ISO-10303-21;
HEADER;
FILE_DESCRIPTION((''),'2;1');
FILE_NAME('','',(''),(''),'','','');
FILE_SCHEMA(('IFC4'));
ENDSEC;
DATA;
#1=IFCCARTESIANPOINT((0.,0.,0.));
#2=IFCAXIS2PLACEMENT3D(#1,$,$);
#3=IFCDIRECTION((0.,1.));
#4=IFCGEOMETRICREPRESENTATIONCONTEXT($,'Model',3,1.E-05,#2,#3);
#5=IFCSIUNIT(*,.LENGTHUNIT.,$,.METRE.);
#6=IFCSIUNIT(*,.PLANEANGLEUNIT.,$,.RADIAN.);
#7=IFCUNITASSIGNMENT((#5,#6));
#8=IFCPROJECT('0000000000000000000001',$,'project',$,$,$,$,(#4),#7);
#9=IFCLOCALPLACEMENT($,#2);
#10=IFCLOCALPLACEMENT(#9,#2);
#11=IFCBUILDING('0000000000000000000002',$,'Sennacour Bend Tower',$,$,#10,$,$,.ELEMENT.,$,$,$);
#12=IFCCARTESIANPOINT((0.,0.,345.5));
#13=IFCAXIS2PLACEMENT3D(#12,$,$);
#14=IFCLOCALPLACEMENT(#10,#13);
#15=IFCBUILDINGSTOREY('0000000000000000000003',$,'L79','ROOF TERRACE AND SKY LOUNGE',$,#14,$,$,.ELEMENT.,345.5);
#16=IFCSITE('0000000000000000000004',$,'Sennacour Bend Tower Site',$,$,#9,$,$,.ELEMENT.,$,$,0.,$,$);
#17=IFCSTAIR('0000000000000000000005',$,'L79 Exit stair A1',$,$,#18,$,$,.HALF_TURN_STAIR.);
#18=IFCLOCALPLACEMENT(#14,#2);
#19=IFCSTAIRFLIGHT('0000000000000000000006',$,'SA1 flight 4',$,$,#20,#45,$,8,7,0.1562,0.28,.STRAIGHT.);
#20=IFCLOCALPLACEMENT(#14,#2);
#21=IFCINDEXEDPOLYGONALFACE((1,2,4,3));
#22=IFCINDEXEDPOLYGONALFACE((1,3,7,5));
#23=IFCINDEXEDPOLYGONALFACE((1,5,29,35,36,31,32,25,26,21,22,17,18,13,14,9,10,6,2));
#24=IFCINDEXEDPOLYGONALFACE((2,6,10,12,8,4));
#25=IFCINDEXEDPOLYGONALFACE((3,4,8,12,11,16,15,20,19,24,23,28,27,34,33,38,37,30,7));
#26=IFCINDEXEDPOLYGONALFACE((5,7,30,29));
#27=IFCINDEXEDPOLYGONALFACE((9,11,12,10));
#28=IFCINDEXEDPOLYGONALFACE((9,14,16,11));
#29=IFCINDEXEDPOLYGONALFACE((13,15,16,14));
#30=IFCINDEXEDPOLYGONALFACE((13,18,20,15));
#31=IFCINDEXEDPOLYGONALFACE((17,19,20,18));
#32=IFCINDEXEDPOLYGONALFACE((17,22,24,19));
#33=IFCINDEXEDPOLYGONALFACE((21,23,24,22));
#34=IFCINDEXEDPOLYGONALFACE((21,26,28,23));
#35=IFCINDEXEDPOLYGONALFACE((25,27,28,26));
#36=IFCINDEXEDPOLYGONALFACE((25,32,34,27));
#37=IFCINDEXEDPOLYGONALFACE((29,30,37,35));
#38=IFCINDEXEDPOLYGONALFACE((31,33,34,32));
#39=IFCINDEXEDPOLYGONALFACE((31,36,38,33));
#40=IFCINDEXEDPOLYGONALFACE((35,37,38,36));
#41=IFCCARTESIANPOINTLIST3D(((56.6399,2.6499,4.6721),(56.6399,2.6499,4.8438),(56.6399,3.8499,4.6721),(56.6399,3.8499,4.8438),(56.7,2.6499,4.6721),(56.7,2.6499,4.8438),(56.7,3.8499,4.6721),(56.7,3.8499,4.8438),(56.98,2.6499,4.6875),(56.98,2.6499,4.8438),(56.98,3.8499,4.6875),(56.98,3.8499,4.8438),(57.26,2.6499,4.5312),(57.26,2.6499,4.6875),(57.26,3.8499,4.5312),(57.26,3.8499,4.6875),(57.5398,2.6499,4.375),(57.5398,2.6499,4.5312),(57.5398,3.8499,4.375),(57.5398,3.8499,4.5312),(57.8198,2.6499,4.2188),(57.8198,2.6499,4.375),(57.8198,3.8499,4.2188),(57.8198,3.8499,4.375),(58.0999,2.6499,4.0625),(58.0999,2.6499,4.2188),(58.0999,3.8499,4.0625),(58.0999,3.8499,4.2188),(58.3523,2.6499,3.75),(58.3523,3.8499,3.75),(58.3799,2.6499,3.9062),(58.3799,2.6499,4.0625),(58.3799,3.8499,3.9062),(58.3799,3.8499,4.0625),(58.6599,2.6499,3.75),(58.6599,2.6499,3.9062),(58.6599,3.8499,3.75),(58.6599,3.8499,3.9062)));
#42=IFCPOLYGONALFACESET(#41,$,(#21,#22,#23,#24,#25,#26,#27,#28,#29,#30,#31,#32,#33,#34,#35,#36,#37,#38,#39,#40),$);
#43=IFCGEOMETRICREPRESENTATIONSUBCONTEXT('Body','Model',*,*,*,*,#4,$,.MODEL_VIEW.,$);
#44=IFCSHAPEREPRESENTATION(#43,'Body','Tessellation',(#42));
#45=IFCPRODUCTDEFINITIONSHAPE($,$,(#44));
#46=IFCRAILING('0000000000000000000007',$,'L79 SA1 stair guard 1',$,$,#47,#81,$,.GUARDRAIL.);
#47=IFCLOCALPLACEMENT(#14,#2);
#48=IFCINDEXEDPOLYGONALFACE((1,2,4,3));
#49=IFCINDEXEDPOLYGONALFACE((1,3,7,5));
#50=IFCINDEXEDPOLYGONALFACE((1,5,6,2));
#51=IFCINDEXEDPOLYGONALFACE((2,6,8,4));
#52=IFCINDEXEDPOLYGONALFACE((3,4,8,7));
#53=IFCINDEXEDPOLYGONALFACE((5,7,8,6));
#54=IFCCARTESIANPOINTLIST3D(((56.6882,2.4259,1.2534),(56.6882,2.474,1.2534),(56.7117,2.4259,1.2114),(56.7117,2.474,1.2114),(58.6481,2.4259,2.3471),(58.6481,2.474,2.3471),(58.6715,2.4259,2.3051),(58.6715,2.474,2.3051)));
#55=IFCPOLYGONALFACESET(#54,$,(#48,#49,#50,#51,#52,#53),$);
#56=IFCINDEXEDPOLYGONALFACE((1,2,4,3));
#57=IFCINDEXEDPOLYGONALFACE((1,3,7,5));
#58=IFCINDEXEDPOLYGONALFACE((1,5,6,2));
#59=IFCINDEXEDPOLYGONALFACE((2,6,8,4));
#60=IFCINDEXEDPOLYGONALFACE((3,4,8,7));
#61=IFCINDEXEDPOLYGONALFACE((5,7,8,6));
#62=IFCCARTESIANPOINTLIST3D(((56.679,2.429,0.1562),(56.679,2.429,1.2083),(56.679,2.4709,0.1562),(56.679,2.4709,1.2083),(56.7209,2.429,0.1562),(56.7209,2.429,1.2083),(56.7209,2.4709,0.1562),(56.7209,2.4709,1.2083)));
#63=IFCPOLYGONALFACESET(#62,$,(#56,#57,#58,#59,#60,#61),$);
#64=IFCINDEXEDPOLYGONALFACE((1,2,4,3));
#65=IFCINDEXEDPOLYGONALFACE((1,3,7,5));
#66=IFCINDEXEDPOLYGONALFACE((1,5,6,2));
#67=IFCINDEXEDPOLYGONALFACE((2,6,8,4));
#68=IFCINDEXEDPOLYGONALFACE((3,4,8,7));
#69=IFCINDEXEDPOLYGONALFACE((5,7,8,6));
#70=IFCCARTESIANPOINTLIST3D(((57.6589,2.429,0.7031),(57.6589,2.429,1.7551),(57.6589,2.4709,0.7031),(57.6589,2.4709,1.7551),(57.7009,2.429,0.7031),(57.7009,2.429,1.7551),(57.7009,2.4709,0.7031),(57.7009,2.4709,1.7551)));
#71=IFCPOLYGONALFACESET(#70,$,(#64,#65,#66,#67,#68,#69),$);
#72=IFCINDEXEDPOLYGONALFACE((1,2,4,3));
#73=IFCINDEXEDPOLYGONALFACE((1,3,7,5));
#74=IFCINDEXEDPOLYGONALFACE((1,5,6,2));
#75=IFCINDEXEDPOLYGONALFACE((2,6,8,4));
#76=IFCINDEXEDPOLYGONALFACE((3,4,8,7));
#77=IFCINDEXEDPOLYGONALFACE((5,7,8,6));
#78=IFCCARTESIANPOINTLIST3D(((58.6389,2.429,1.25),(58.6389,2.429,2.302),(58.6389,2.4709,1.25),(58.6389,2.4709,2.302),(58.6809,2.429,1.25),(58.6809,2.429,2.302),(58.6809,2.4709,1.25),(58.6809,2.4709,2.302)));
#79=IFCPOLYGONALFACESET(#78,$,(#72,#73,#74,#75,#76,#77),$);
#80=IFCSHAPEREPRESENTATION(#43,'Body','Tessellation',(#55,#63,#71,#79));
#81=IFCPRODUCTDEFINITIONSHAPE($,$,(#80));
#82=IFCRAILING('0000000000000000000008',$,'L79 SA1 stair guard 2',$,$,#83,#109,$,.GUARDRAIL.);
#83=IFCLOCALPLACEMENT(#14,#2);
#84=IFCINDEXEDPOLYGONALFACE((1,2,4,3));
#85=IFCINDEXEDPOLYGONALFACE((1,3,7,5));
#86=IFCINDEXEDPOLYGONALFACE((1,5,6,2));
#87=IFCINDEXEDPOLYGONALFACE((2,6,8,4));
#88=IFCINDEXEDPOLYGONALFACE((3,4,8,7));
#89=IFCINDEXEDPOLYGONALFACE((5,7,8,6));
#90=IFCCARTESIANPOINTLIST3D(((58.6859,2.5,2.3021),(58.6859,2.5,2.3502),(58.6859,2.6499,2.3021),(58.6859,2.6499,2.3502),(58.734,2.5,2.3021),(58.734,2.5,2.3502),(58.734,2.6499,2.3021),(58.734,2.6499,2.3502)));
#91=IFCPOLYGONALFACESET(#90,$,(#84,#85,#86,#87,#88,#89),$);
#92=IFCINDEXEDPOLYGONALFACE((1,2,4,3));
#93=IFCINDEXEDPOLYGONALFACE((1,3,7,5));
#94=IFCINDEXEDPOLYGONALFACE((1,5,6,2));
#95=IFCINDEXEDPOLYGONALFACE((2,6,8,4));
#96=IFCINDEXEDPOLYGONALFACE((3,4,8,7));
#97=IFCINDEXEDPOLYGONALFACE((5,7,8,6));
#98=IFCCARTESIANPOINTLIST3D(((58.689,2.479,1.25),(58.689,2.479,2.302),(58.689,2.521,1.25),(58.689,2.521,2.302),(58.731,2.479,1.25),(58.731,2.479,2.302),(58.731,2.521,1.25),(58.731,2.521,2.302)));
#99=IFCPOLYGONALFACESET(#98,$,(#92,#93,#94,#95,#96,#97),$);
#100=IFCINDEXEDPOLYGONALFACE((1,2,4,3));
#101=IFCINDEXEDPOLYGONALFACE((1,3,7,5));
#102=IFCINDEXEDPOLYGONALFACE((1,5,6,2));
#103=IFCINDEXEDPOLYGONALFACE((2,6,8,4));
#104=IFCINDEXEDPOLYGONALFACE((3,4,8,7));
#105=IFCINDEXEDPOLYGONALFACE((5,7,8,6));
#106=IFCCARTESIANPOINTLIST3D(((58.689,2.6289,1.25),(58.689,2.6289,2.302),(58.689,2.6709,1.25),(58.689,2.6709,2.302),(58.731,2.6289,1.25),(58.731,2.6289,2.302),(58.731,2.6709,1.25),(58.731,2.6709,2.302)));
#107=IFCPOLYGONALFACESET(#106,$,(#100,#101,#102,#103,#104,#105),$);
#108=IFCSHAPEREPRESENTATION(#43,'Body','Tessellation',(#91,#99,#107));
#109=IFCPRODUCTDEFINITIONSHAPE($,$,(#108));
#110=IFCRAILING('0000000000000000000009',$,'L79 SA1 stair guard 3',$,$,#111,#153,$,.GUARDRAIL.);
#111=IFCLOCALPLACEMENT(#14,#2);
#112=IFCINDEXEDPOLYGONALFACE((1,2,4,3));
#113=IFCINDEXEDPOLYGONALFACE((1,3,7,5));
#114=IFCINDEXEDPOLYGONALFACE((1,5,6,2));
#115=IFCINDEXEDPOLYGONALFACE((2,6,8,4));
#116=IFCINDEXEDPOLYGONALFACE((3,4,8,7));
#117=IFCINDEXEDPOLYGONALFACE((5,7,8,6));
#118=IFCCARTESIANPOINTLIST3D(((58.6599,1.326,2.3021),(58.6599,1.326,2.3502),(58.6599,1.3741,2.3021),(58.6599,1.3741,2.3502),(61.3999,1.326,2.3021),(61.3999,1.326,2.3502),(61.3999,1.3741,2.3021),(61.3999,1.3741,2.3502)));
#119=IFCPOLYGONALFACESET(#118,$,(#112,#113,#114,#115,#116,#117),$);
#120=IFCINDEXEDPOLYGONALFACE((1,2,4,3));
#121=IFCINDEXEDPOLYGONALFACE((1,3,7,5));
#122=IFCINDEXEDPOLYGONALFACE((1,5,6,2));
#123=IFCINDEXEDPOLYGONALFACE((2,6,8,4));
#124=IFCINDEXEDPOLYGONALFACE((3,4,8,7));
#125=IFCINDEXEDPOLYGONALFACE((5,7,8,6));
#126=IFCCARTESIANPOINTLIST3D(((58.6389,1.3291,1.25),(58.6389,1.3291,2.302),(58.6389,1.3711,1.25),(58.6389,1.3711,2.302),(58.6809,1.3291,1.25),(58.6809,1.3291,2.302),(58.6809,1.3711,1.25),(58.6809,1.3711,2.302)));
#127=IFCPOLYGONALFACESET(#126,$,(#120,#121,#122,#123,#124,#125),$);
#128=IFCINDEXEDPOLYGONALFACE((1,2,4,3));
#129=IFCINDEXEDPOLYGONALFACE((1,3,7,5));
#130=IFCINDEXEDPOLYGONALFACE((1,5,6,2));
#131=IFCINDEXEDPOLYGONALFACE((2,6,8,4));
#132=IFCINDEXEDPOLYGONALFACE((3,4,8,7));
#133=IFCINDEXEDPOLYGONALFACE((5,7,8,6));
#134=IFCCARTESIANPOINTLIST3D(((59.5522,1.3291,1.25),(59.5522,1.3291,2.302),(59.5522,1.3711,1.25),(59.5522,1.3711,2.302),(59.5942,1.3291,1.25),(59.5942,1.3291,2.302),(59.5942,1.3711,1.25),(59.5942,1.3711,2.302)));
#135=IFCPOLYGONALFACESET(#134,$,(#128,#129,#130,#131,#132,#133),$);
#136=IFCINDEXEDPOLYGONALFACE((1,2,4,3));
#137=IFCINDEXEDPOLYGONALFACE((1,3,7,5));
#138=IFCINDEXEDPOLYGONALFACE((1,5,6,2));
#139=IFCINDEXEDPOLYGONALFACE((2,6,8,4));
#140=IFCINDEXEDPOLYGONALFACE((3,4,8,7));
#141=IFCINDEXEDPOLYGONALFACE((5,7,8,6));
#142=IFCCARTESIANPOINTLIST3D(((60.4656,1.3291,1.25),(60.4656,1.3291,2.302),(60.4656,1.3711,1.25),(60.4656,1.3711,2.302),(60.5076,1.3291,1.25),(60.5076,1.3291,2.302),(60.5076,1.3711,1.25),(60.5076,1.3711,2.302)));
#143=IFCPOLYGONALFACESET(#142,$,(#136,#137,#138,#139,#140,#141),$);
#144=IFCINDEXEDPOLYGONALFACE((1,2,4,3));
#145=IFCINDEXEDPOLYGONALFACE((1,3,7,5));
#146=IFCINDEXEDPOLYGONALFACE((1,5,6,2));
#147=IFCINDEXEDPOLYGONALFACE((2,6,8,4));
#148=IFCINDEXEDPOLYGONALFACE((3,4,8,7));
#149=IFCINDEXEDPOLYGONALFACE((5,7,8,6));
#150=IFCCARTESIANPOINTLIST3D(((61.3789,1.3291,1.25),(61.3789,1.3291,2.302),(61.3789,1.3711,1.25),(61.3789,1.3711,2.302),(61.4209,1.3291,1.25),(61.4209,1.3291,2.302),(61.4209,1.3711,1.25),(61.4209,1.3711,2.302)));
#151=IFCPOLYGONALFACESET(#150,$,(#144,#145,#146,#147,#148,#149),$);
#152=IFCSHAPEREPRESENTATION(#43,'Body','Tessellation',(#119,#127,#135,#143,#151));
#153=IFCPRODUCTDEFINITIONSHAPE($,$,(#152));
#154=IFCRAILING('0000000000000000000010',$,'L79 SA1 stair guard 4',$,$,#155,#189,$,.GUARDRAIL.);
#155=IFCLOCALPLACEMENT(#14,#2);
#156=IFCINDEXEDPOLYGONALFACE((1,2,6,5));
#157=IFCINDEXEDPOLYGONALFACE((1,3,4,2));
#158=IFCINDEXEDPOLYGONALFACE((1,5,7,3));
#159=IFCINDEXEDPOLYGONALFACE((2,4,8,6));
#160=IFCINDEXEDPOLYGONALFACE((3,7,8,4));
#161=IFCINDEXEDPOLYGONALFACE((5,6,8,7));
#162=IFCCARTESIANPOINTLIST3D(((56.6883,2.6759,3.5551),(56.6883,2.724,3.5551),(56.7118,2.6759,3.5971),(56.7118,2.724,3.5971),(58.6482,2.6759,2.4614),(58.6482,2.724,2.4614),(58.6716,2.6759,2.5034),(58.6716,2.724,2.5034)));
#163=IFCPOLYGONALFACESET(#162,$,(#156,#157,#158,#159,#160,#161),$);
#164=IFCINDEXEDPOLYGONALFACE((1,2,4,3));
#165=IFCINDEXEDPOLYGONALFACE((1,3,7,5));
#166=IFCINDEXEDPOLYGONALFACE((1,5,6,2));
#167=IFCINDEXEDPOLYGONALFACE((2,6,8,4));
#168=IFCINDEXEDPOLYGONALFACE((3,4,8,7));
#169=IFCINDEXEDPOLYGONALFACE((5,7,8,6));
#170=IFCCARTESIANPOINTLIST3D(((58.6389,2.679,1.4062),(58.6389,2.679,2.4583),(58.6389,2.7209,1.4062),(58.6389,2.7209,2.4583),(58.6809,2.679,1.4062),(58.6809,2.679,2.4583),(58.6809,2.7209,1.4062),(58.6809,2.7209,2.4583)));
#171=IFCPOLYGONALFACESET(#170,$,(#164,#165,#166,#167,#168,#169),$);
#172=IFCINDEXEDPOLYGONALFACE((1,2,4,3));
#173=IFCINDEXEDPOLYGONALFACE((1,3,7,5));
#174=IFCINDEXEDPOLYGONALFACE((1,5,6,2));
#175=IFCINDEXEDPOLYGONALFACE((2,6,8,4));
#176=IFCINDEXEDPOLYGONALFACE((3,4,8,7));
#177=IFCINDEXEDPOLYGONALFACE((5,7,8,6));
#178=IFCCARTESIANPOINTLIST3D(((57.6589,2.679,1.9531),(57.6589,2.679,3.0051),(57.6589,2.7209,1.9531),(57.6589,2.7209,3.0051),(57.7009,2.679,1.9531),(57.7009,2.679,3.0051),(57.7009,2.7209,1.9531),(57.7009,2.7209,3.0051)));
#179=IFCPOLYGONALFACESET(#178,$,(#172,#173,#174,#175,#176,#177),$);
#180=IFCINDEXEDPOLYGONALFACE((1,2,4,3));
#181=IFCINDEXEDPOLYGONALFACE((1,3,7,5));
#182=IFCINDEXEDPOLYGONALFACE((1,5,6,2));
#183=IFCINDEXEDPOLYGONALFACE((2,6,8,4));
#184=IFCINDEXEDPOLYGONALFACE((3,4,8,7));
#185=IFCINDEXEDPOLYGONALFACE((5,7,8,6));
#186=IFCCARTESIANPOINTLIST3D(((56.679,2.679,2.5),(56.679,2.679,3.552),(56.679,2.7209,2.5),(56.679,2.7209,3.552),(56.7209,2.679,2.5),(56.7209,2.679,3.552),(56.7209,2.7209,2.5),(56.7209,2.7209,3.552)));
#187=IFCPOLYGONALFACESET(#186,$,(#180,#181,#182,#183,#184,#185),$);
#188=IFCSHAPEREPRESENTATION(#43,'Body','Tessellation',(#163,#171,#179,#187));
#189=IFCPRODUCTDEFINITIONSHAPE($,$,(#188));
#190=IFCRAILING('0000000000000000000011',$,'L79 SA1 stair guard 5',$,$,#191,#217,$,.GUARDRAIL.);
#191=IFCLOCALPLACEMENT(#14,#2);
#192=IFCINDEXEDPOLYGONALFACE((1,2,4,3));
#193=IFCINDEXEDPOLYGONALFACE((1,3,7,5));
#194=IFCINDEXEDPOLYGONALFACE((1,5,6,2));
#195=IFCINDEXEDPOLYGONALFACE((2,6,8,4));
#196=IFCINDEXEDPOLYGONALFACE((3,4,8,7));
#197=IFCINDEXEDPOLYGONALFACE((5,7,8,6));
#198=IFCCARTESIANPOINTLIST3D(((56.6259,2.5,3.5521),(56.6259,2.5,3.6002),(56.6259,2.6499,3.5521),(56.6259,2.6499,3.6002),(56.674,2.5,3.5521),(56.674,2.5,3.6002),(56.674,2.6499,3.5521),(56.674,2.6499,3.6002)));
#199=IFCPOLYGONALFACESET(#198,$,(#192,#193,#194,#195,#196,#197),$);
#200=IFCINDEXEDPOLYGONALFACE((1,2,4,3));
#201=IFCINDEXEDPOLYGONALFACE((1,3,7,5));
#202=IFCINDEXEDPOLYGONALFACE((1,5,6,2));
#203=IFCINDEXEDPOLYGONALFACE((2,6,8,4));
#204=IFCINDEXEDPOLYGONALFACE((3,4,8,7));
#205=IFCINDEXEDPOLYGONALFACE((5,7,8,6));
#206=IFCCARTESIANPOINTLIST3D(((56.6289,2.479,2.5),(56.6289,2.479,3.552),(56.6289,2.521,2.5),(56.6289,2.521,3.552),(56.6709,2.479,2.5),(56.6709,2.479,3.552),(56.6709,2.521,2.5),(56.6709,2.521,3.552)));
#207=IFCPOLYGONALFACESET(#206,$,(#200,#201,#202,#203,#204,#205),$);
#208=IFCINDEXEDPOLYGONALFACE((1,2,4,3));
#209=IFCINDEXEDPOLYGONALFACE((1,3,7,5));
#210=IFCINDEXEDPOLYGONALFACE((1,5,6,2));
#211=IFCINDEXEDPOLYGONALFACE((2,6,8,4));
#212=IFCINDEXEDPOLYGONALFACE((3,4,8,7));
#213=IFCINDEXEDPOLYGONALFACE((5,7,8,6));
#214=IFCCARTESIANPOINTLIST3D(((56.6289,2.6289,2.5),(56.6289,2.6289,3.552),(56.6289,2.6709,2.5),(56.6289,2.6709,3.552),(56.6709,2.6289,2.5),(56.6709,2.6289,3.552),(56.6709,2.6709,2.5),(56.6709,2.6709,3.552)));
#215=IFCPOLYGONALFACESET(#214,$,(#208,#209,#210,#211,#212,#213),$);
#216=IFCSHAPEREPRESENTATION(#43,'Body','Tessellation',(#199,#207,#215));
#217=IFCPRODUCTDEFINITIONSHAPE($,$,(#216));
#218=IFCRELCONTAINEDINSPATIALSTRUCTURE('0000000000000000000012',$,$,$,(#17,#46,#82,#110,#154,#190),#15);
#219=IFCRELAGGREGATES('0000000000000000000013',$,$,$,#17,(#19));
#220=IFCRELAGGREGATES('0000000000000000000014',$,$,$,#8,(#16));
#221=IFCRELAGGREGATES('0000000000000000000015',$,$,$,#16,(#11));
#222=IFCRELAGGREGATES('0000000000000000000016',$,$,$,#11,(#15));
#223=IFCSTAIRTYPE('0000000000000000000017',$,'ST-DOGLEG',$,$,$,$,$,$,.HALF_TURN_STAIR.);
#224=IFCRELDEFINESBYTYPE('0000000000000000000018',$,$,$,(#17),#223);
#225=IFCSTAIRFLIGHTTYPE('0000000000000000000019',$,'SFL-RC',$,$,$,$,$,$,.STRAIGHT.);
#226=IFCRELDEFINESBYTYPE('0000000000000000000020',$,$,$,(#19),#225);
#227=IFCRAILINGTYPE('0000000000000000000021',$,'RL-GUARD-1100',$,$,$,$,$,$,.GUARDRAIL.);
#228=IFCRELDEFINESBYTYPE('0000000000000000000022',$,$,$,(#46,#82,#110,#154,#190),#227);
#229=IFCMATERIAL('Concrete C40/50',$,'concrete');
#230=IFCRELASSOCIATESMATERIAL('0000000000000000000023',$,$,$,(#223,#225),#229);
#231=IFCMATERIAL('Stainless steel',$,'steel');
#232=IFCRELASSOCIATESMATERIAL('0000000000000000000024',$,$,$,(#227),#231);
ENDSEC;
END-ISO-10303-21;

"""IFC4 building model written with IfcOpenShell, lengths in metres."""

from ifc_helpers import new_model, si_unit, direction, frame, origin, origin_2d, place, context, subcontext, project, spatial, polyline, rectangle, outline, extrude, material, type_object, element, aggregate, save


model = new_model("IFC4")

# Units and contexts
model_context = context("Model", 3, precision=1e-05, world=origin(), true_north=direction((0.0, 1.0)))
body_context = subcontext(model_context, "Body", "Model", "MODEL_VIEW")
ifc_project = project(units=[si_unit("LENGTHUNIT", "METRE"), si_unit("PLANEANGLEUNIT", "RADIAN")], contexts=[model_context])

# Site, building, storey
site_placement = place(None, origin())
site = spatial("IfcSite", under=ifc_project, at=site_placement, Name="Sennacour Bend Tower Site", CompositionType="ELEMENT", RefElevation=0.0)
building_placement = place(site_placement, origin())
building = spatial("IfcBuilding", under=site, at=building_placement, Name="Sennacour Bend Tower", CompositionType="ELEMENT")
storey_placement = place(building_placement, frame((0.0, 0.0, 345.5)))
storey = spatial("IfcBuildingStorey", under=building, at=storey_placement, Name="L79", Description="ROOF TERRACE AND SKY LOUNGE", CompositionType="ELEMENT", Elevation=345.5)

# Stair, stair flight
ifc_material_1 = material(Name="Concrete C40/50", Category="concrete")
stair_type = type_object("IfcStairType", Name="ST-DOGLEG", PredefinedType="HALF_TURN_STAIR", material=ifc_material_1)
stair_placement = place(storey_placement, origin())
stair = element("IfcStair", 1, at=stair_placement, inside=storey, type_object=stair_type, Name="L79 Exit stair A1", PredefinedType="HALF_TURN_STAIR")
stair_flight_type = type_object("IfcStairFlightType", Name="SFL-RC", PredefinedType="STRAIGHT", material=ifc_material_1)
stair_flight_1_placement = place(storey_placement, frame((58.6599, 3.25, 3.75), z_axis=(0.0, 0.0, 1.0), x_axis=(-1.0, 0.0, 0.0)))
stair_flight_1 = element("IfcStairFlight", 2, at=stair_flight_1_placement, type_object=stair_flight_type, Name="SA1 flight 4", NumberOfRisers=8, NumberOfTreads=7, PredefinedType="STRAIGHT", RiserHeight=0.1562, TreadLength=0.28, context=body_context, shape_type="SweptSolid", body=[
    extrude(outline(polyline([(0.0, 0.0), (0.0, 0.1562), (0.28, 0.1562), (0.28, 0.3125), (0.5601, 0.3125), (0.5601, 0.4688), (0.8401, 0.4688), (0.8401, 0.625), (1.1201, 0.625), (1.1201, 0.7812), (1.3999, 0.7812), (1.3999, 0.9375), (1.6799, 0.9375), (1.6799, 1.0938), (1.96, 1.0938), (2.02, 1.0938), (2.02, 0.9221), (1.96, 0.9221), (0.3076, 0.0), (0.0, 0.0)])), frame((0.0, 0.6001, 0.0), z_axis=(0.0, -1.0, 0.0), x_axis=(1.0, 0.0, 0.0)), (0.0, 0.0, 1.0), 1.2),
])
aggregate(stair, [stair_flight_1])

# Railings
ifc_material_2 = material(Name="Stainless steel", Category="steel")
railing_type_1 = type_object("IfcRailingType", Name="RL-GUARD-1100", PredefinedType="GUARDRAIL", material=ifc_material_2)
railing_1_placement = place(storey_placement, frame((56.7, 2.45, 0.1562)))
element("IfcRailing", 3, at=railing_1_placement, inside=storey, type_object=railing_type_1, Name="L79 SA1 stair guard 1", PredefinedType="GUARDRAIL", context=body_context, shape_type="SweptSolid", body=[
    extrude(rectangle(XDim=0.0481, YDim=0.0481, at=origin_2d()), frame((0.0, 0.0, 1.0762), z_axis=(0.873232, 0.0, 0.487304), x_axis=(0.0, 1.0, 0.0)), (0.0, 0.0, 1.0), 2.2444),
    extrude(rectangle(XDim=0.042, YDim=0.042, at=origin_2d()), origin(), (0.0, 0.0, 1.0), 1.052),
    extrude(rectangle(XDim=0.042, YDim=0.042, at=origin_2d()), frame((0.98, 0.0, 0.5469)), (0.0, 0.0, 1.0), 1.052),
    extrude(rectangle(XDim=0.042, YDim=0.042, at=origin_2d()), frame((1.96, 0.0, 1.0938)), (0.0, 0.0, 1.0), 1.052),
])
railing_2_placement = place(storey_placement, frame((58.71, 2.5, 1.25)))
element("IfcRailing", 4, at=railing_2_placement, inside=storey, type_object=railing_type_1, Name="L79 SA1 stair guard 2", PredefinedType="GUARDRAIL", context=body_context, shape_type="SweptSolid", body=[
    extrude(rectangle(XDim=0.0481, YDim=0.0481, at=origin_2d()), frame((0.0, 0.0, 1.0762), z_axis=(0.0, 1.0, 0.0), x_axis=(-1.0, 0.0, 0.0)), (0.0, 0.0, 1.0), 0.1499),
    extrude(rectangle(XDim=0.042, YDim=0.042, at=origin_2d()), origin(), (0.0, 0.0, 1.0), 1.052),
    extrude(rectangle(XDim=0.042, YDim=0.042, at=origin_2d()), frame((0.0, 0.1499, 0.0)), (0.0, 0.0, 1.0), 1.052),
])
railing_3_placement = place(storey_placement, frame((58.6599, 1.3501, 1.25)))
element("IfcRailing", 5, at=railing_3_placement, inside=storey, type_object=railing_type_1, Name="L79 SA1 stair guard 3", PredefinedType="GUARDRAIL", context=body_context, shape_type="SweptSolid", body=[
    extrude(rectangle(XDim=0.0481, YDim=0.0481, at=origin_2d()), frame((0.0, 0.0, 1.0762), z_axis=(1.0, 0.0, 0.0), x_axis=(0.0, 1.0, 0.0)), (0.0, 0.0, 1.0), 2.74),
    extrude(rectangle(XDim=0.042, YDim=0.042, at=origin_2d()), origin(), (0.0, 0.0, 1.0), 1.052),
    extrude(rectangle(XDim=0.042, YDim=0.042, at=origin_2d()), frame((0.9133, 0.0, 0.0)), (0.0, 0.0, 1.0), 1.052),
    extrude(rectangle(XDim=0.042, YDim=0.042, at=origin_2d()), frame((1.8267, 0.0, 0.0)), (0.0, 0.0, 1.0), 1.052),
    extrude(rectangle(XDim=0.042, YDim=0.042, at=origin_2d()), frame((2.74, 0.0, 0.0)), (0.0, 0.0, 1.0), 1.052),
])
railing_4_placement = place(storey_placement, frame((58.6599, 2.7, 1.4062)))
element("IfcRailing", 6, at=railing_4_placement, inside=storey, type_object=railing_type_1, Name="L79 SA1 stair guard 4", PredefinedType="GUARDRAIL", context=body_context, shape_type="SweptSolid", body=[
    extrude(rectangle(XDim=0.0481, YDim=0.0481, at=origin_2d()), frame((0.0, 0.0, 1.0762), z_axis=(-0.873232, 0.0, 0.487304), x_axis=(0.0, -1.0, 0.0)), (0.0, 0.0, 1.0), 2.2444),
    extrude(rectangle(XDim=0.042, YDim=0.042, at=origin_2d()), origin(), (0.0, 0.0, 1.0), 1.052),
    extrude(rectangle(XDim=0.042, YDim=0.042, at=origin_2d()), frame((-0.98, 0.0, 0.5469)), (0.0, 0.0, 1.0), 1.052),
    extrude(rectangle(XDim=0.042, YDim=0.042, at=origin_2d()), frame((-1.96, 0.0, 1.0938)), (0.0, 0.0, 1.0), 1.052),
])
railing_5_placement = place(storey_placement, frame((56.6499, 2.5, 2.5)))
element("IfcRailing", 7, at=railing_5_placement, inside=storey, type_object=railing_type_1, Name="L79 SA1 stair guard 5", PredefinedType="GUARDRAIL", context=body_context, shape_type="SweptSolid", body=[
    extrude(rectangle(XDim=0.0481, YDim=0.0481, at=origin_2d()), frame((0.0, 0.0, 1.0762), z_axis=(0.0, 1.0, 0.0), x_axis=(-1.0, 0.0, 0.0)), (0.0, 0.0, 1.0), 0.1499),
    extrude(rectangle(XDim=0.042, YDim=0.042, at=origin_2d()), origin(), (0.0, 0.0, 1.0), 1.052),
    extrude(rectangle(XDim=0.042, YDim=0.042, at=origin_2d()), frame((0.0, 0.1499, 0.0)), (0.0, 0.0, 1.0), 1.052),
])

save(model, "model.ifc")
